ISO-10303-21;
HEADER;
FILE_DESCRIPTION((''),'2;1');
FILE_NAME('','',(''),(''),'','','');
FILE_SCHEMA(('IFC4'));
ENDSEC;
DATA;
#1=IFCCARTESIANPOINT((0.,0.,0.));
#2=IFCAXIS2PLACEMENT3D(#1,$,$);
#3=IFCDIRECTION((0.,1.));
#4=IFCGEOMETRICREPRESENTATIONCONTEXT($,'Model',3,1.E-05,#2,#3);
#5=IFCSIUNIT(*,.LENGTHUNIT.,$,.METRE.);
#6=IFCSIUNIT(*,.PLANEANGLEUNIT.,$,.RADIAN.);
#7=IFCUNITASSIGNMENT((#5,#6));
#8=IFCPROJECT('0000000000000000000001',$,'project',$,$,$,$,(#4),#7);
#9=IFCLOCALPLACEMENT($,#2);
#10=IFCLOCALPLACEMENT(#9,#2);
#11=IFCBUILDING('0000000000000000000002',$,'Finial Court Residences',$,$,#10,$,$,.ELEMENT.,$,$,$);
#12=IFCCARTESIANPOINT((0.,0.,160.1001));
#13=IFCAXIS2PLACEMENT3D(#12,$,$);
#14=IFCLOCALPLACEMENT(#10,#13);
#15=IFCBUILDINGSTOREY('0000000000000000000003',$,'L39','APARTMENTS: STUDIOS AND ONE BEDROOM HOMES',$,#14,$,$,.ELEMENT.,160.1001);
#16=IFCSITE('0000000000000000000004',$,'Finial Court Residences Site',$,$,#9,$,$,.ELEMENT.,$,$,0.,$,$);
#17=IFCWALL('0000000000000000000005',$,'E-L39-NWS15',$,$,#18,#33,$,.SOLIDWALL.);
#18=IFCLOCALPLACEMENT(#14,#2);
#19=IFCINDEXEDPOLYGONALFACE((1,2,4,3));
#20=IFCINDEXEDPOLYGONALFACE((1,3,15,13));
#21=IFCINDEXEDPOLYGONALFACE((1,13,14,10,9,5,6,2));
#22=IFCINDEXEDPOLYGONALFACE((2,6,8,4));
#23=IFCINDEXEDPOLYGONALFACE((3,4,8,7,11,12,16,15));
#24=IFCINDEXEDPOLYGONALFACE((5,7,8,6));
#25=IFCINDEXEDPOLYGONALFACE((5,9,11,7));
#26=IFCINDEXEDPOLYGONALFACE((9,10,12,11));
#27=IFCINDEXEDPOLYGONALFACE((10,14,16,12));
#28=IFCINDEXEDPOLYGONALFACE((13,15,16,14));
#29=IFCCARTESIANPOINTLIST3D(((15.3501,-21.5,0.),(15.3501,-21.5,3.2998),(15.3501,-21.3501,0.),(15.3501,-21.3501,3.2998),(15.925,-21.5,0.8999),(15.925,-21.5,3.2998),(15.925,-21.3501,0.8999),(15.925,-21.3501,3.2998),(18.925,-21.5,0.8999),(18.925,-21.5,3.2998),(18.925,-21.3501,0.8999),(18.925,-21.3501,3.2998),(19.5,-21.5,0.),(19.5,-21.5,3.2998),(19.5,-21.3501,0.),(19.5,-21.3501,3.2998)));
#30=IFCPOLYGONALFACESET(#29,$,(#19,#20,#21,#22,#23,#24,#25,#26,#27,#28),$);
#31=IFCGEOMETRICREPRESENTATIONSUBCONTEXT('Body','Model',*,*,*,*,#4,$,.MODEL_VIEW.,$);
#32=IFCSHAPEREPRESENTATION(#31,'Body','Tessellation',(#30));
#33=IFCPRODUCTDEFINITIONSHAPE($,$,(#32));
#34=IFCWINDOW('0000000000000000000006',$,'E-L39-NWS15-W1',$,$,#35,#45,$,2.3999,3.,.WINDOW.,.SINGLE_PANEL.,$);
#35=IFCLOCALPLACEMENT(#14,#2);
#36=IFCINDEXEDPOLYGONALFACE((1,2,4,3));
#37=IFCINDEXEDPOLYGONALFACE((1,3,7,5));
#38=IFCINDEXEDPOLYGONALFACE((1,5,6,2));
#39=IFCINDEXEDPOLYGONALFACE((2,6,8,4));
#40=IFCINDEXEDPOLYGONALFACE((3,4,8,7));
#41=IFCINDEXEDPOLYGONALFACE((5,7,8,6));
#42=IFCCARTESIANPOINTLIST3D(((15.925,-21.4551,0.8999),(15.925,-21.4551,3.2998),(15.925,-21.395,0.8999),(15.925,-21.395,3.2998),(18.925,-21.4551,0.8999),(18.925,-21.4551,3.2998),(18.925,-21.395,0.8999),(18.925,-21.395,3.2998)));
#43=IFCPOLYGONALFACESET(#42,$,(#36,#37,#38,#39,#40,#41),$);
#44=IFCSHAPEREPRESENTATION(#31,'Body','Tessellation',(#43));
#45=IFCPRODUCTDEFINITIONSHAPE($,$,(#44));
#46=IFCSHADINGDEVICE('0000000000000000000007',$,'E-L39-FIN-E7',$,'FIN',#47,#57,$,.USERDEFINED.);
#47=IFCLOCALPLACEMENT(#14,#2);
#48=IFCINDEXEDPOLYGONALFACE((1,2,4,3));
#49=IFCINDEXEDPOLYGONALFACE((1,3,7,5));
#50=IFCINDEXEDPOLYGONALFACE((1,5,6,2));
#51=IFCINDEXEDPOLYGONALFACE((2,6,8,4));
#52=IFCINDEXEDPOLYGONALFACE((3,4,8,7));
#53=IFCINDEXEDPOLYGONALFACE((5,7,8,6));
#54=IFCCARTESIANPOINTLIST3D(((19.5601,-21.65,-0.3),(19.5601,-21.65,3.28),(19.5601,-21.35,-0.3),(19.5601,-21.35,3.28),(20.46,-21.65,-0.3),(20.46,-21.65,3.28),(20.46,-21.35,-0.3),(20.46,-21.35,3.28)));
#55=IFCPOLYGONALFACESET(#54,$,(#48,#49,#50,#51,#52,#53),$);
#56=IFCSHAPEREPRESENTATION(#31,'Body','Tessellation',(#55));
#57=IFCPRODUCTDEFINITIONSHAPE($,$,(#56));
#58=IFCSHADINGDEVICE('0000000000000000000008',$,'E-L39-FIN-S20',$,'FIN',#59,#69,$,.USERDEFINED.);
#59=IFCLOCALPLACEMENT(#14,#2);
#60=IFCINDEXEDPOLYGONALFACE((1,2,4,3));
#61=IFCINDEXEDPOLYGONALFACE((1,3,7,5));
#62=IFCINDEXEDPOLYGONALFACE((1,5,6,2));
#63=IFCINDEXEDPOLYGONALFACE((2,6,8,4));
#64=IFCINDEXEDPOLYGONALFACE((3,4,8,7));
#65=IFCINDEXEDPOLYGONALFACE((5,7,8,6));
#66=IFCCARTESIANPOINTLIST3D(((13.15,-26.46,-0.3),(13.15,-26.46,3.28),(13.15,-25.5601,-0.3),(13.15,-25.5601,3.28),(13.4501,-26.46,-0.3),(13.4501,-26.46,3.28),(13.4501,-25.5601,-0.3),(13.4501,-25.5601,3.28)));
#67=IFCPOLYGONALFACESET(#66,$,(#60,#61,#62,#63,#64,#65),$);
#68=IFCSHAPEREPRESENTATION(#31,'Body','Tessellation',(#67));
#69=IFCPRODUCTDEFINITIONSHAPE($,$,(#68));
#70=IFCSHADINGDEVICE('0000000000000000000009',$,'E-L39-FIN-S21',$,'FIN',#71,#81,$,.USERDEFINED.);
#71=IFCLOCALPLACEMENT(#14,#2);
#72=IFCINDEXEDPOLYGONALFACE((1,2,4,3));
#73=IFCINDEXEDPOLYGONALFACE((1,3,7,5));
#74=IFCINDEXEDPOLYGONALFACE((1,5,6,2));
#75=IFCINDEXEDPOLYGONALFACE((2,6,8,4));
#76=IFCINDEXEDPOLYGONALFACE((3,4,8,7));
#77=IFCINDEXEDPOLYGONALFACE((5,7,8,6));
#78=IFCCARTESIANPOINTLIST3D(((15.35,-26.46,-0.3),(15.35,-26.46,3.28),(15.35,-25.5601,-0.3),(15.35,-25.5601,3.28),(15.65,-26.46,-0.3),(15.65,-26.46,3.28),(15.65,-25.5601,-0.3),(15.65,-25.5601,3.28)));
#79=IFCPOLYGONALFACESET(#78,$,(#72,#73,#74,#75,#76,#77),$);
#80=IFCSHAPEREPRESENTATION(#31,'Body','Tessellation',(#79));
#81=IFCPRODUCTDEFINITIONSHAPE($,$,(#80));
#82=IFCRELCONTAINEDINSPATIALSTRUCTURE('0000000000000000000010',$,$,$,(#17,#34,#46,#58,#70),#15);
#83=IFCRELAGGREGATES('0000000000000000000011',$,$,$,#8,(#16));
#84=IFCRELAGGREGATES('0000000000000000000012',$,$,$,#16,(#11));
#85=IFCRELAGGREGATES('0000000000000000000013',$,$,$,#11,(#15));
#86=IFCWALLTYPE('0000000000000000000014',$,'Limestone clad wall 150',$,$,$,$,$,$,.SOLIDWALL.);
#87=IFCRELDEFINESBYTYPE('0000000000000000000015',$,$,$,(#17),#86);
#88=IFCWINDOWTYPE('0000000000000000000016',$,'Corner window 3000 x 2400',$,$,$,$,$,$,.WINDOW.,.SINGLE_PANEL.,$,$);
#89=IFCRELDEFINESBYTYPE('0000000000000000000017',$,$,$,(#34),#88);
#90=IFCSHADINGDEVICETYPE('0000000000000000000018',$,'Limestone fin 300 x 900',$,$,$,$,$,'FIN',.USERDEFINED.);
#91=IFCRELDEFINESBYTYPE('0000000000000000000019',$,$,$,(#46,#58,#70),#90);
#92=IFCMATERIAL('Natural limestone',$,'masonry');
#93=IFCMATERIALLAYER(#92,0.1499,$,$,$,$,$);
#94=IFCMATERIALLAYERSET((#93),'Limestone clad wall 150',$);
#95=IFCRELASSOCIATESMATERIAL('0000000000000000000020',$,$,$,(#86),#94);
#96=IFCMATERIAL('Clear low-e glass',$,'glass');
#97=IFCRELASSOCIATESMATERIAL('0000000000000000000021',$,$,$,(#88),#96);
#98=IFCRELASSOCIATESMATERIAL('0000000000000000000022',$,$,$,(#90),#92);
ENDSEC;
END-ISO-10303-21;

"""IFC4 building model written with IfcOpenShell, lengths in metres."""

from ifc_helpers import new_model, si_unit, direction, frame, frame_2d, origin, origin_2d, place, context, subcontext, project, spatial, rectangle, extrude, material, layer, layer_set, type_object, element, fill, save


model = new_model("IFC4")

# Units and contexts
model_context = context("Model", 3, precision=1e-05, world=origin(), true_north=direction((0.0, 1.0)))
body_context = subcontext(model_context, "Body", "Model", "MODEL_VIEW")
ifc_project = project(units=[si_unit("LENGTHUNIT", "METRE"), si_unit("PLANEANGLEUNIT", "RADIAN")], contexts=[model_context])

# Site, building, storey
site_placement = place(None, origin())
site = spatial("IfcSite", under=ifc_project, at=site_placement, Name="Finial Court Residences Site", CompositionType="ELEMENT", RefElevation=0.0)
building_placement = place(site_placement, origin())
building = spatial("IfcBuilding", under=site, at=building_placement, Name="Finial Court Residences", CompositionType="ELEMENT")
storey_placement = place(building_placement, frame((0.0, 0.0, 160.1001)))
storey = spatial("IfcBuildingStorey", under=building, at=storey_placement, Name="L39", Description="APARTMENTS: STUDIOS AND ONE BEDROOM HOMES", CompositionType="ELEMENT", Elevation=160.1001)

# Shared definitions
ifc_material_1 = material(Name="Clear low-e glass", Category="glass")

# Wall, opening, window
ifc_material_2 = material(Name="Natural limestone", Category="masonry")
ifc_layer_1 = layer(ifc_material_2, 0.1499)
ifc_layer_set_1 = layer_set([ifc_layer_1], Name="Limestone clad wall 150")
wall_type_1 = type_object("IfcWallType", Name="Limestone clad wall 150", PredefinedType="SOLIDWALL", material=ifc_layer_set_1)
wall_1_placement = place(storey_placement, frame((19.5, -21.425, 0.0), z_axis=(0.0, 0.0, 1.0), x_axis=(-1.0, 0.0, 0.0)))
wall_1 = element("IfcWall", 1, at=wall_1_placement, inside=storey, type_object=wall_type_1, Name="E-L39-NWS15", PredefinedType="SOLIDWALL", context=body_context, shape_type="SweptSolid", body=[
    extrude(rectangle(XDim=4.1499, YDim=0.1499, at=frame_2d((2.075, 0.0))), origin(), (0.0, 0.0, 1.0), 3.2998),
])
opening_1_placement = place(wall_1_placement, frame((0.575, 0.0, 0.8999)))
opening_1 = element("IfcOpeningElement", 2, at=opening_1_placement, cuts=wall_1, PredefinedType="OPENING", context=body_context, shape_type="SweptSolid", body=[
    extrude(rectangle(XDim=3.0, YDim=2.3999, at=frame_2d((1.5, 1.2))), frame((0.0, 0.085, 0.0), z_axis=(0.0, -1.0, 0.0), x_axis=(1.0, 0.0, 0.0)), (0.0, 0.0, 1.0), 0.1699),
])
window_type_1 = type_object("IfcWindowType", Name="Corner window 3000 x 2400", PartitioningType="SINGLE_PANEL", PredefinedType="WINDOW", material=ifc_material_1)
window_1_placement = place(opening_1_placement, origin())
window_1 = element("IfcWindow", 3, at=window_1_placement, inside=storey, type_object=window_type_1, Name="E-L39-NWS15-W1", OverallHeight=2.3999, OverallWidth=3.0, PartitioningType="SINGLE_PANEL", PredefinedType="WINDOW", context=body_context, shape_type="SweptSolid", body=[
    extrude(rectangle(XDim=3.0, YDim=2.3999, at=frame_2d((1.5, 1.2))), frame((0.0, 0.03, 0.0), z_axis=(0.0, -1.0, 0.0), x_axis=(1.0, 0.0, 0.0)), (0.0, 0.0, 1.0), 0.0601),
])
fill(opening_1, window_1)

# Shading devices
shading_device_type = type_object("IfcShadingDeviceType", Name="Limestone fin 300 x 900", ElementType="FIN", PredefinedType="USERDEFINED", material=ifc_material_2)
shading_device_placement = place(storey_placement, frame((20.01, -21.5, -0.3), z_axis=(0.0, 0.0, 1.0), x_axis=(1.0, 0.0, 0.0)))
element("IfcShadingDevice", 4, at=shading_device_placement, inside=storey, type_object=shading_device_type, Name="E-L39-FIN-E7", ObjectType="FIN", PredefinedType="USERDEFINED", context=body_context, shape_type="SweptSolid", body=[
    extrude(rectangle(XDim=0.8999, YDim=0.3, at=origin_2d()), origin(), (0.0, 0.0, 1.0), 3.5801),
])
for number, where, z_axis, x_axis, name in (
    (5, (13.3, -26.01, -0.3), (0.0, 0.0, 1.0), (1.0, 0.0, 0.0), "E-L39-FIN-S20"),
    (6, (15.5, -26.01, -0.3), (0.0, 0.0, 1.0), (1.0, 0.0, 0.0), "E-L39-FIN-S21"),
):
    element("IfcShadingDevice", number, at=place(storey_placement, frame(where, z_axis=z_axis, x_axis=x_axis)), inside=storey, type_object=shading_device_type, Name=name, ObjectType="FIN", PredefinedType="USERDEFINED", context=body_context, shape_type="SweptSolid", body=[
        extrude(rectangle(XDim=0.3, YDim=0.8999, at=origin_2d()), origin(), (0.0, 0.0, 1.0), 3.5801),
    ])

save(model, "model.ifc")
